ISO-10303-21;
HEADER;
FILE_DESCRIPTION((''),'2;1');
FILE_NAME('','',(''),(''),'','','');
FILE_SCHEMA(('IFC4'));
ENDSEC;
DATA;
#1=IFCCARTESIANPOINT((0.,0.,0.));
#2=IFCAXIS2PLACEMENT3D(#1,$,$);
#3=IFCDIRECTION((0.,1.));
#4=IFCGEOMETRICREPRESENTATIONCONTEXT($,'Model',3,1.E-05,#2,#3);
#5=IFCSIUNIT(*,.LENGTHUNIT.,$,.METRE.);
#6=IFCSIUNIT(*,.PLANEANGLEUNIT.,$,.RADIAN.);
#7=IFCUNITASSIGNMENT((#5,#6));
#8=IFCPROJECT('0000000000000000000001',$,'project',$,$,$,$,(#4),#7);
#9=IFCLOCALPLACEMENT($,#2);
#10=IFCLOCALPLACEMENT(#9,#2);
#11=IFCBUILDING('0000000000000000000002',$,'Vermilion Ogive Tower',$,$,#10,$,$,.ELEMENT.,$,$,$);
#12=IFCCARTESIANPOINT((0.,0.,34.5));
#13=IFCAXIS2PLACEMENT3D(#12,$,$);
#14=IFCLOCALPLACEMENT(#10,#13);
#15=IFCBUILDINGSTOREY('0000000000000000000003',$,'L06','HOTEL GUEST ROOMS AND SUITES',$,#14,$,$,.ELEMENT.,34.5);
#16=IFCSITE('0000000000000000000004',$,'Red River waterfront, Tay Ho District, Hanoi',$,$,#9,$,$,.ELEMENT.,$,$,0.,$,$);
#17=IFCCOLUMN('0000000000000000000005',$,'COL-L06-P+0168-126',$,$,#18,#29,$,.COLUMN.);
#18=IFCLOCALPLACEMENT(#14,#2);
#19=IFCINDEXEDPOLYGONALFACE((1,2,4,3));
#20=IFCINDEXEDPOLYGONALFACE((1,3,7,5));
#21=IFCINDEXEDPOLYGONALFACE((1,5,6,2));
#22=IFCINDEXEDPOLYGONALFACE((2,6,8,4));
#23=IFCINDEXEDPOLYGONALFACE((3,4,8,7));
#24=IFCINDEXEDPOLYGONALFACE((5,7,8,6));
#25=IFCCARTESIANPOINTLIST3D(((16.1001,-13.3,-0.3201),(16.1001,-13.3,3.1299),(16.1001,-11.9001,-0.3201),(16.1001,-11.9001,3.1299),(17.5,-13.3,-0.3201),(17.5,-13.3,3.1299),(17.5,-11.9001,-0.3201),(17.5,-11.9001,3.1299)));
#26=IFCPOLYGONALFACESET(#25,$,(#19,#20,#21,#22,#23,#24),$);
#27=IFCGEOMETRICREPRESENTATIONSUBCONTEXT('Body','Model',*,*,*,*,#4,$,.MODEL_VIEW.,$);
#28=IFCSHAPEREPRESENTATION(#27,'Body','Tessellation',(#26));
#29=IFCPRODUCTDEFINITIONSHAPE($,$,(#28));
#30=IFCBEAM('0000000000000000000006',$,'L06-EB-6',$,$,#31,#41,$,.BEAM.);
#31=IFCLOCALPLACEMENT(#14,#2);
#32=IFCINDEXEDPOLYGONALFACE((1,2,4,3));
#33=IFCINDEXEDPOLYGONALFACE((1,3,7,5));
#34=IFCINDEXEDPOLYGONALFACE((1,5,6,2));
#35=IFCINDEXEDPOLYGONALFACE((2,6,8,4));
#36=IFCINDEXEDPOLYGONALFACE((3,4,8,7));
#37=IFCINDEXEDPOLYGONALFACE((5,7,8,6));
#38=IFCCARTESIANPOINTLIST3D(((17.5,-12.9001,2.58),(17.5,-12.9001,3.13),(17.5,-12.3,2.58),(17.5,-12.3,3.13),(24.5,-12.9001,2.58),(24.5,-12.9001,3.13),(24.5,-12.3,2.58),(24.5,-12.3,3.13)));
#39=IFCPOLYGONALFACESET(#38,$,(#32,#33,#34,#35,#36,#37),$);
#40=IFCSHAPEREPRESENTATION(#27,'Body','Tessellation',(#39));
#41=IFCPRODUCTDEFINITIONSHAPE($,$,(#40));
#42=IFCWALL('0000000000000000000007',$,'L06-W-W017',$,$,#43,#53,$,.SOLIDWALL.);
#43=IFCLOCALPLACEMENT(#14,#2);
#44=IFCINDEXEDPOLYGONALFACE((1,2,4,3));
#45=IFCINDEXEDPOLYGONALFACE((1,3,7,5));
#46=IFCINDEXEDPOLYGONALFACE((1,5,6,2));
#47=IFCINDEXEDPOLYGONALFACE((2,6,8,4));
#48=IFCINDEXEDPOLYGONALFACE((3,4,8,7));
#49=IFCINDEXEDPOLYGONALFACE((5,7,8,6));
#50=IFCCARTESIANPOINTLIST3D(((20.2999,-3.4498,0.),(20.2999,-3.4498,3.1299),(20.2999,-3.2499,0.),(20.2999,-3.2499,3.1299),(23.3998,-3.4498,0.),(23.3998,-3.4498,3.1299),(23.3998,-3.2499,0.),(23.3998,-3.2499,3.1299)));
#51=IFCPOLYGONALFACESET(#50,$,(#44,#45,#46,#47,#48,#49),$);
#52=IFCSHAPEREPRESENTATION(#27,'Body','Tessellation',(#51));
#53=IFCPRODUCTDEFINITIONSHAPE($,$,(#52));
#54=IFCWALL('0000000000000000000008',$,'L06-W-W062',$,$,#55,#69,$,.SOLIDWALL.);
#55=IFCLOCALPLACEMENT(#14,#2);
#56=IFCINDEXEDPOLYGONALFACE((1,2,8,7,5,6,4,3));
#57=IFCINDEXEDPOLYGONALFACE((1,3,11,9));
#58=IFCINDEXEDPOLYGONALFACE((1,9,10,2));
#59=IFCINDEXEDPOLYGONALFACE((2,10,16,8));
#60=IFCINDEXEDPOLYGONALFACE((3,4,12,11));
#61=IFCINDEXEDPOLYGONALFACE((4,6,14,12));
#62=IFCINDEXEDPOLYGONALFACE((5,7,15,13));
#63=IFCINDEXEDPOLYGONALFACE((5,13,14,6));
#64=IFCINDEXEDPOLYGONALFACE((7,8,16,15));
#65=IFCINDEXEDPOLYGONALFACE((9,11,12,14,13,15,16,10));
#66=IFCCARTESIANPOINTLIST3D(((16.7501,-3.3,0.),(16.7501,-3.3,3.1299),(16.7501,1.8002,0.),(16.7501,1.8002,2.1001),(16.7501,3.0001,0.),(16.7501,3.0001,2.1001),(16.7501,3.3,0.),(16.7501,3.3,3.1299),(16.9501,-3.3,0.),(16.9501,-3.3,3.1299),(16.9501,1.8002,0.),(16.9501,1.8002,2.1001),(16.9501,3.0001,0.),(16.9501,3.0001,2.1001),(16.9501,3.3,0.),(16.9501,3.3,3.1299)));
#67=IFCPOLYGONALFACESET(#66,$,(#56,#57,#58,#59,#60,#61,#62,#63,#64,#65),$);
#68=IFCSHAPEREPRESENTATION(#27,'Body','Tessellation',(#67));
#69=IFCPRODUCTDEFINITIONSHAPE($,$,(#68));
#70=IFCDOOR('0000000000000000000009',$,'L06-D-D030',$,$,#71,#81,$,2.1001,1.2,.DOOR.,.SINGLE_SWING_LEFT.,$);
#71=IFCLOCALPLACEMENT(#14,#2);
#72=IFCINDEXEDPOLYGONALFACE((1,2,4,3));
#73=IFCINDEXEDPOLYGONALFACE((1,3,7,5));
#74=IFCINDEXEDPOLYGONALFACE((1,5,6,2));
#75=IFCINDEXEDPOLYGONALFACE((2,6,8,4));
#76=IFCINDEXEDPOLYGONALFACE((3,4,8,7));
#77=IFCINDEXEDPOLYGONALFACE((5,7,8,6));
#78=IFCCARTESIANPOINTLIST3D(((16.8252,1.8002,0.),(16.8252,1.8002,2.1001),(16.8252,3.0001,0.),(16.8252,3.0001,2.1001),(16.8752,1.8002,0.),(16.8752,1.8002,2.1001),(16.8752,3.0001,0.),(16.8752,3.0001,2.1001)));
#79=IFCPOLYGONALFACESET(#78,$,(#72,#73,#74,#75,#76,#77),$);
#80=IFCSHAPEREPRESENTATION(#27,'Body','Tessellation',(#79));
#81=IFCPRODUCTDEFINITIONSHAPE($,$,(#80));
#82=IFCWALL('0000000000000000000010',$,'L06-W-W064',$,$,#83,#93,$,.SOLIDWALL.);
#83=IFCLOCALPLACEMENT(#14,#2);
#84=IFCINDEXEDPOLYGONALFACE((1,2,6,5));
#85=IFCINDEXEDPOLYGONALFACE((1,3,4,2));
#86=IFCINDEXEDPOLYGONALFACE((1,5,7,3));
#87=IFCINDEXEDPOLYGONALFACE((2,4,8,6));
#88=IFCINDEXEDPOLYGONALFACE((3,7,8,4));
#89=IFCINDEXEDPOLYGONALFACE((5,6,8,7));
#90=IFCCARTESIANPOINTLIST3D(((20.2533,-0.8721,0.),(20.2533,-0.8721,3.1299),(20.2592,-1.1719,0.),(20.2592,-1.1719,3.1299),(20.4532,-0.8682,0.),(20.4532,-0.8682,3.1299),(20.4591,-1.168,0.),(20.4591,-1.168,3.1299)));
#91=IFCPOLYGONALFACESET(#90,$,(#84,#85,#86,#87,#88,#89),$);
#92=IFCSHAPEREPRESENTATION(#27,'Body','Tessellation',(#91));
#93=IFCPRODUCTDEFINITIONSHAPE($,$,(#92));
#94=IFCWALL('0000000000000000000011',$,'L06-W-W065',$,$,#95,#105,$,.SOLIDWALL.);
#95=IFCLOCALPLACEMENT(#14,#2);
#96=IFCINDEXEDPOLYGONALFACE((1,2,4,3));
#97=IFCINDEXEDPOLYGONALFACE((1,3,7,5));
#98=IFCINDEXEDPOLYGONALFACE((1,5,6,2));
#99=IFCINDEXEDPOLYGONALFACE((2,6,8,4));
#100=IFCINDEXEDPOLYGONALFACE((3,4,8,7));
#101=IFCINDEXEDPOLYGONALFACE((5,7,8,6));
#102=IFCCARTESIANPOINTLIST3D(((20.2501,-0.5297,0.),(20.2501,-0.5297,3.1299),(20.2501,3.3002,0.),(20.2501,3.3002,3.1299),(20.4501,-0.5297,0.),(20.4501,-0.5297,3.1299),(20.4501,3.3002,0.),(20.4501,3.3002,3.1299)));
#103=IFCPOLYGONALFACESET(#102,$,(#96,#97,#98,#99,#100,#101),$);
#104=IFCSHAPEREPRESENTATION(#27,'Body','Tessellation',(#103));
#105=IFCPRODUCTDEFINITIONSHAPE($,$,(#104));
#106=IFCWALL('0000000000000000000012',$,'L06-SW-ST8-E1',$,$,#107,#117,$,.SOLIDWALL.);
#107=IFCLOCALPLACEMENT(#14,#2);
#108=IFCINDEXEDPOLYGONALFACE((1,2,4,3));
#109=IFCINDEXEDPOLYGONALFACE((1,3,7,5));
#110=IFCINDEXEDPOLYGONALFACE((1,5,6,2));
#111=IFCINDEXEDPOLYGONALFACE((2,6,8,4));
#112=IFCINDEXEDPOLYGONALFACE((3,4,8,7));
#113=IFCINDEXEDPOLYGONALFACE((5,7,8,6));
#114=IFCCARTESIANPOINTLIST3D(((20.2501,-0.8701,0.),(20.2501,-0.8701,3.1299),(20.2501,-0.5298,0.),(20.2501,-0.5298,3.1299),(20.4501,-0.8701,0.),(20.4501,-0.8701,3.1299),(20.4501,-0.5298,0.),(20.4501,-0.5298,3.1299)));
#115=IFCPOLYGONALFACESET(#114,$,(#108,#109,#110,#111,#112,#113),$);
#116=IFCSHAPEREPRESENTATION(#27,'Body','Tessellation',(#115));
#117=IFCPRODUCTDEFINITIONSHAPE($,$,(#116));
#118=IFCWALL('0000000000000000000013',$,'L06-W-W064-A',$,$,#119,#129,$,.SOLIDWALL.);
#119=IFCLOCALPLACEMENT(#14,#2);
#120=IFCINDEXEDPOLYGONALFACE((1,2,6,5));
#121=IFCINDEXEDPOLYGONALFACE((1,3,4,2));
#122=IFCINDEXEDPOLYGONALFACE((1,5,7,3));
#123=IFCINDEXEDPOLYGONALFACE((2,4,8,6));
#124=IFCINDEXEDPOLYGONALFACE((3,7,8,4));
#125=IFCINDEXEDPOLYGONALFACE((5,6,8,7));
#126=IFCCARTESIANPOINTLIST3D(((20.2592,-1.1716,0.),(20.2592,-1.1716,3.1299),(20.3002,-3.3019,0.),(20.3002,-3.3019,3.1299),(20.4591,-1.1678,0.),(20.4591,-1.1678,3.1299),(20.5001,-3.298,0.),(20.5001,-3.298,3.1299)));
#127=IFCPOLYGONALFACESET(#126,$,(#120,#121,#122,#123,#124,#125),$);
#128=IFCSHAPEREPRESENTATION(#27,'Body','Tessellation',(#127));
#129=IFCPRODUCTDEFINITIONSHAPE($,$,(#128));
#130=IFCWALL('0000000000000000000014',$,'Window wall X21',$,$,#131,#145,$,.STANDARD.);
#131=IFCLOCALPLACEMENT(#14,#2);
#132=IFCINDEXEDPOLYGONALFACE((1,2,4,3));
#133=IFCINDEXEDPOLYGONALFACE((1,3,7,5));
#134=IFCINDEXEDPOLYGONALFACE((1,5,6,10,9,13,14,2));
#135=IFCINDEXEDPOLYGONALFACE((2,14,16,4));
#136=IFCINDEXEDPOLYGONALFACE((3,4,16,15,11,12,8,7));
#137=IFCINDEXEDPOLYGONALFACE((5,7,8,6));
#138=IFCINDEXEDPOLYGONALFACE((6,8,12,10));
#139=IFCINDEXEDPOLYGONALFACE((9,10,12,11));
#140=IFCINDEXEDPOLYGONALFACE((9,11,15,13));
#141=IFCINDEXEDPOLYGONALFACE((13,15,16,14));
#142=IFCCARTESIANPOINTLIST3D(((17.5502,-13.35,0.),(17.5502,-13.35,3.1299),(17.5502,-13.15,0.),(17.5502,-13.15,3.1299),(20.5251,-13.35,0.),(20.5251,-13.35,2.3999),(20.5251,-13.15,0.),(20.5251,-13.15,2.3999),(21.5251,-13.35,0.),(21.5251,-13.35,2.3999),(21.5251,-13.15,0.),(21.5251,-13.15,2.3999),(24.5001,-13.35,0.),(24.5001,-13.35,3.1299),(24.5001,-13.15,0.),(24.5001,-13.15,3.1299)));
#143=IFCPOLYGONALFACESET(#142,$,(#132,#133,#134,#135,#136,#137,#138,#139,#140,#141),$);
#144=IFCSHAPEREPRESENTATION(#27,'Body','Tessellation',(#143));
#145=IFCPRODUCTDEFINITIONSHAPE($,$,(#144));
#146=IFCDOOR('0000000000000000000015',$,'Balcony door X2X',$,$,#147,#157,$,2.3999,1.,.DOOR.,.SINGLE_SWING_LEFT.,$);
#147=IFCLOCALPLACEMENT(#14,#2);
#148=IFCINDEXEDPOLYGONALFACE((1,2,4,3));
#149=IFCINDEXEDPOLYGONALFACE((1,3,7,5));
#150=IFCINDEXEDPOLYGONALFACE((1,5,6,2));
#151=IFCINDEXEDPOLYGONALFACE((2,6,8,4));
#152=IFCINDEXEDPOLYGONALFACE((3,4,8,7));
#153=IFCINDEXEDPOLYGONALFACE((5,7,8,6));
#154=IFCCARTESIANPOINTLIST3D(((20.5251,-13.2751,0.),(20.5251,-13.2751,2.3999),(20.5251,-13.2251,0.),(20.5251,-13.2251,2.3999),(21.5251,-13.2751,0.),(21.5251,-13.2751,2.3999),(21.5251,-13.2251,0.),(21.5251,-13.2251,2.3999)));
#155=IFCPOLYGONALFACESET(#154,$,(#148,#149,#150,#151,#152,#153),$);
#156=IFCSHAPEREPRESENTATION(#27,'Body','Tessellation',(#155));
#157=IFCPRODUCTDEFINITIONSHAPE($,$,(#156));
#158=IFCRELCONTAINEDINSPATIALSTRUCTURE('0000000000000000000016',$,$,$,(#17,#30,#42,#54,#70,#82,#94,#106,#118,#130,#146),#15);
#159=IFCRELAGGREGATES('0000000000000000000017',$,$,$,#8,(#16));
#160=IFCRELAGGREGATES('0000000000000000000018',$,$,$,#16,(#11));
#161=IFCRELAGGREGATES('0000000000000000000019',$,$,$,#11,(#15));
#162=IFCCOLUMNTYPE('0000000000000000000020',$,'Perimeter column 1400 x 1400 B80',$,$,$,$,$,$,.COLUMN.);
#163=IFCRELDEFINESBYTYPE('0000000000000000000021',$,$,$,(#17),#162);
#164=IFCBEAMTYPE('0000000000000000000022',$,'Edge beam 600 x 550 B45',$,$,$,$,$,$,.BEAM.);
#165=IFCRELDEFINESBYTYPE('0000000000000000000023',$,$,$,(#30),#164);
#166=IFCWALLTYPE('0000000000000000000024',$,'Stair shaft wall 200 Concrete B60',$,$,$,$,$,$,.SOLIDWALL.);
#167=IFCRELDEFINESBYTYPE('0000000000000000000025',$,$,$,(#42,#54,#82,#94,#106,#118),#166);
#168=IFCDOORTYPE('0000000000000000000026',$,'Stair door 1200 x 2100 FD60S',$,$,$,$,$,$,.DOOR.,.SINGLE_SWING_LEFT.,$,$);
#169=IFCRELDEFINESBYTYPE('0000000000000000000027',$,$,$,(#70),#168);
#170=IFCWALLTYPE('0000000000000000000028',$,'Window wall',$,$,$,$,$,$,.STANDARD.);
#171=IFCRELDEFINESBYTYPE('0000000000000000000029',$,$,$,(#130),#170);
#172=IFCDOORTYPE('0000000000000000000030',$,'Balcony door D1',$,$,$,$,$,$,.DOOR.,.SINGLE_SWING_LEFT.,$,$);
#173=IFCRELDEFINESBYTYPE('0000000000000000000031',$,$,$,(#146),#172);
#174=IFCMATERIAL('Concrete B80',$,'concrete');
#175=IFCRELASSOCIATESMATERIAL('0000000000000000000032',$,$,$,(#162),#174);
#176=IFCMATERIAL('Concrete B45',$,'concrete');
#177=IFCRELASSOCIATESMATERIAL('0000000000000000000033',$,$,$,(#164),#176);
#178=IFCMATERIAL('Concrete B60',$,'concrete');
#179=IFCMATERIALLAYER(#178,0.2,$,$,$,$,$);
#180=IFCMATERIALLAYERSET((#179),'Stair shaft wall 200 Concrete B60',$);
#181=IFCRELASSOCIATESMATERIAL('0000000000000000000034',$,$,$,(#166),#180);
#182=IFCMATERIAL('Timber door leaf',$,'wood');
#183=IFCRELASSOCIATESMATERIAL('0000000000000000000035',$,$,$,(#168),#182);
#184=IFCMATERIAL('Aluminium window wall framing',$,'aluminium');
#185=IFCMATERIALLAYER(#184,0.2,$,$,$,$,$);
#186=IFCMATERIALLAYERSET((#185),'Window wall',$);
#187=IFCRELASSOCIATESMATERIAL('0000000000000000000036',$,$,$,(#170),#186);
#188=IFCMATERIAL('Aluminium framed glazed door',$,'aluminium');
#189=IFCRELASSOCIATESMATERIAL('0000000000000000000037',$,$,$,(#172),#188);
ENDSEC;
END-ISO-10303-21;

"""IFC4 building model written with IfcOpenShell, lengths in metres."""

from ifc_helpers import new_model, si_unit, direction, frame, frame_2d, origin, origin_2d, place, context, subcontext, project, spatial, rectangle, extrude, material, layer, layer_set, material_profile, profile_set, type_object, element, fill, save


model = new_model("IFC4")

# Units and contexts
model_context = context("Model", 3, precision=1e-05, world=origin(), true_north=direction((0.0, 1.0)))
body_context = subcontext(model_context, "Body", "Model", "MODEL_VIEW")
ifc_project = project(units=[si_unit("LENGTHUNIT", "METRE"), si_unit("PLANEANGLEUNIT", "RADIAN")], contexts=[model_context])

# Site, building, storey
site_placement = place(None, origin())
site = spatial("IfcSite", under=ifc_project, at=site_placement, Name="Red River waterfront, Tay Ho District, Hanoi", CompositionType="ELEMENT", RefElevation=0.0)
building_placement = place(site_placement, origin())
building = spatial("IfcBuilding", under=site, at=building_placement, Name="Vermilion Ogive Tower", CompositionType="ELEMENT")
storey_placement = place(building_placement, frame((0.0, 0.0, 34.5)))
storey = spatial("IfcBuildingStorey", under=building, at=storey_placement, Name="L06", Description="HOTEL GUEST ROOMS AND SUITES", CompositionType="ELEMENT", Elevation=34.5)

# Column
ifc_material_1 = material(Name="Concrete B80", Category="concrete")
ifc_material_profile_1 = material_profile(ifc_material_1, rectangle(XDim=1.3999, YDim=1.3999, at=origin_2d()), Name="1400 x 1400")
ifc_profile_set_1 = profile_set([ifc_material_profile_1], Name="Concrete B80")
column_type = type_object("IfcColumnType", Name="Perimeter column 1400 x 1400 B80", PredefinedType="COLUMN", material=ifc_profile_set_1)
column_placement = place(storey_placement, frame((16.8, -12.6001, -0.3201), z_axis=(0.0, 0.0, 1.0), x_axis=(1.0, 0.0, 0.0)))
element("IfcColumn", 1, at=column_placement, inside=storey, type_object=column_type, Name="COL-L06-P+0168-126", PredefinedType="COLUMN", context=body_context, shape_type="SweptSolid", body=[
    extrude(rectangle(XDim=1.3999, YDim=1.3999, at=origin_2d()), origin(), (0.0, 0.0, 1.0), 3.45),
])

# Beam
ifc_material_2 = material(Name="Concrete B45", Category="concrete")
ifc_material_profile_2 = material_profile(ifc_material_2, rectangle(XDim=0.6001, YDim=0.55, at=origin_2d()), Name="600 x 550")
ifc_profile_set_2 = profile_set([ifc_material_profile_2], Name="Concrete B45")
beam_type = type_object("IfcBeamType", Name="Edge beam 600 x 550 B45", PredefinedType="BEAM", material=ifc_profile_set_2)
beam_placement = place(storey_placement, frame((17.5, -12.6001, 2.855), z_axis=(1.0, 0.0, 0.0), x_axis=(0.0, 1.0, 0.0)))
element("IfcBeam", 2, at=beam_placement, inside=storey, type_object=beam_type, Name="L06-EB-6", PredefinedType="BEAM", context=body_context, shape_type="SweptSolid", body=[
    extrude(rectangle(XDim=0.6001, YDim=0.55, at=origin_2d()), origin(), (0.0, 0.0, 1.0), 7.0),
])

# Wall
ifc_material_3 = material(Name="Concrete B60", Category="concrete")
ifc_layer_1 = layer(ifc_material_3, 0.2)
ifc_layer_set_1 = layer_set([ifc_layer_1], Name="Stair shaft wall 200 Concrete B60")
wall_type_1 = type_object("IfcWallType", Name="Stair shaft wall 200 Concrete B60", PredefinedType="SOLIDWALL", material=ifc_layer_set_1)
wall_1_placement = place(storey_placement, frame((20.3, -3.3499, 0.0), z_axis=(0.0, 0.0, 1.0), x_axis=(1.0, 0.0, 0.0)))
element("IfcWall", 3, at=wall_1_placement, inside=storey, type_object=wall_type_1, Name="L06-W-W017", PredefinedType="SOLIDWALL", context=body_context, shape_type="SweptSolid", body=[
    extrude(rectangle(XDim=3.0999, YDim=0.2, at=frame_2d((1.5498, 0.0))), origin(), (0.0, 0.0, 1.0), 3.1299),
])

# Wall, opening, door
wall_2_placement = place(storey_placement, frame((16.8501, -3.3, 0.0), z_axis=(0.0, 0.0, 1.0), x_axis=(0.0, 1.0, 0.0)))
wall_2 = element("IfcWall", 4, at=wall_2_placement, inside=storey, type_object=wall_type_1, Name="L06-W-W062", PredefinedType="SOLIDWALL", context=body_context, shape_type="SweptSolid", body=[
    extrude(rectangle(XDim=6.6001, YDim=0.2, at=frame_2d((3.3, 0.0))), origin(), (0.0, 0.0, 1.0), 3.1299),
])
opening_1_placement = place(wall_2_placement, frame((5.1001, 0.0, 0.0)))
opening_1 = element("IfcOpeningElement", 5, at=opening_1_placement, cuts=wall_2, PredefinedType="OPENING", context=body_context, shape_type="SweptSolid", body=[
    extrude(rectangle(XDim=1.2, YDim=2.1001, at=frame_2d((0.6001, 1.05))), frame((0.0, 0.1099, 0.0), z_axis=(0.0, -1.0, 0.0), x_axis=(1.0, 0.0, 0.0)), (0.0, 0.0, 1.0), 0.22),
])
ifc_material_4 = material(Name="Timber door leaf", Category="wood")
door_type_1 = type_object("IfcDoorType", Name="Stair door 1200 x 2100 FD60S", OperationType="SINGLE_SWING_LEFT", PredefinedType="DOOR", material=ifc_material_4)
door_1_placement = place(opening_1_placement, origin())
door_1 = element("IfcDoor", 6, at=door_1_placement, inside=storey, type_object=door_type_1, Name="L06-D-D030", OperationType="SINGLE_SWING_LEFT", OverallHeight=2.1001, OverallWidth=1.2, PredefinedType="DOOR", context=body_context, shape_type="SweptSolid", body=[
    extrude(rectangle(XDim=1.2, YDim=2.1001, at=frame_2d((0.6001, 1.05))), frame((0.0, 0.0249, 0.0), z_axis=(0.0, -1.0, 0.0), x_axis=(1.0, 0.0, 0.0)), (0.0, 0.0, 1.0), 0.05),
])
fill(opening_1, door_1)

# Walls
wall_3_placement = place(storey_placement, frame((20.3591, -1.1699, 0.0), z_axis=(0.0, 0.0, 1.0), x_axis=(-0.01954, 0.999809, 0.0)))
element("IfcWall", 7, at=wall_3_placement, inside=storey, type_object=wall_type_1, Name="L06-W-W064", PredefinedType="SOLIDWALL", context=body_context, shape_type="SweptSolid", body=[
    extrude(rectangle(XDim=0.2998, YDim=0.2, at=frame_2d((0.1499, 0.0))), origin(), (0.0, 0.0, 1.0), 3.1299),
])
wall_4_placement = place(storey_placement, frame((20.3501, -0.5298, 0.0), z_axis=(0.0, 0.0, 1.0), x_axis=(0.0, 1.0, 0.0)))
element("IfcWall", 8, at=wall_4_placement, inside=storey, type_object=wall_type_1, Name="L06-W-W065", PredefinedType="SOLIDWALL", context=body_context, shape_type="SweptSolid", body=[
    extrude(rectangle(XDim=3.8298, YDim=0.2, at=frame_2d((1.915, 0.0))), origin(), (0.0, 0.0, 1.0), 3.1299),
])
wall_5_placement = place(storey_placement, frame((20.3501, -0.8701, 0.0), z_axis=(0.0, 0.0, 1.0), x_axis=(0.0, 1.0, 0.0)))
element("IfcWall", 9, at=wall_5_placement, inside=storey, type_object=wall_type_1, Name="L06-SW-ST8-E1", PredefinedType="SOLIDWALL", context=body_context, shape_type="SweptSolid", body=[
    extrude(rectangle(XDim=0.3403, YDim=0.2, at=frame_2d((0.1702, 0.0))), origin(), (0.0, 0.0, 1.0), 3.1299),
])
wall_6_placement = place(storey_placement, frame((20.4001, -3.3, 0.0), z_axis=(0.0, 0.0, 1.0), x_axis=(-0.019251, 0.999815, 0.0)))
element("IfcWall", 10, at=wall_6_placement, inside=storey, type_object=wall_type_1, Name="L06-W-W064-A", PredefinedType="SOLIDWALL", context=body_context, shape_type="SweptSolid", body=[
    extrude(rectangle(XDim=2.1306, YDim=0.2, at=frame_2d((1.0654, 0.0))), origin(), (0.0, 0.0, 1.0), 3.1299),
])

# Shared definitions
ifc_material_5 = material(Name="Aluminium window wall framing", Category="aluminium")
ifc_layer_2 = layer(ifc_material_5, 0.2)
ifc_layer_set_2 = layer_set([ifc_layer_2], Name="Window wall")
wall_type_2 = type_object("IfcWallType", Name="Window wall", PredefinedType="STANDARD", material=ifc_layer_set_2)
ifc_material_6 = material(Name="Aluminium framed glazed door", Category="aluminium")
door_type_2 = type_object("IfcDoorType", Name="Balcony door D1", OperationType="SINGLE_SWING_LEFT", PredefinedType="DOOR", material=ifc_material_6)

# Wall, opening, door
wall_7_placement = place(storey_placement, frame((17.55, -13.25, 0.0), z_axis=(0.0, 0.0, 1.0), x_axis=(1.0, 0.0, 0.0)))
wall_7 = element("IfcWall", 11, at=wall_7_placement, inside=storey, type_object=wall_type_2, Name="Window wall X21", PredefinedType="STANDARD", context=body_context, shape_type="SweptSolid", body=[
    extrude(rectangle(XDim=6.95, YDim=0.2, at=frame_2d((3.4751, 0.0))), origin(), (0.0, 0.0, 1.0), 3.1299),
])
opening_2_placement = place(wall_7_placement, frame((2.9751, 0.0, 0.0)))
opening_2 = element("IfcOpeningElement", 12, at=opening_2_placement, cuts=wall_7, PredefinedType="OPENING", context=body_context, shape_type="SweptSolid", body=[
    extrude(rectangle(XDim=1.0, YDim=2.3999, at=frame_2d((0.5, 1.2))), frame((0.0, 0.1099, 0.0), z_axis=(0.0, -1.0, 0.0), x_axis=(1.0, 0.0, 0.0)), (0.0, 0.0, 1.0), 0.22),
])
door_2_placement = place(opening_2_placement, origin())
door_2 = element("IfcDoor", 13, at=door_2_placement, inside=storey, type_object=door_type_2, Name="Balcony door X2X", OperationType="SINGLE_SWING_LEFT", OverallHeight=2.3999, OverallWidth=1.0, PredefinedType="DOOR", context=body_context, shape_type="SweptSolid", body=[
    extrude(rectangle(XDim=1.0, YDim=2.3999, at=frame_2d((0.5, 1.2))), frame((0.0, 0.0249, 0.0), z_axis=(0.0, -1.0, 0.0), x_axis=(1.0, 0.0, 0.0)), (0.0, 0.0, 1.0), 0.05),
])
fill(opening_2, door_2)

save(model, "model.ifc")
